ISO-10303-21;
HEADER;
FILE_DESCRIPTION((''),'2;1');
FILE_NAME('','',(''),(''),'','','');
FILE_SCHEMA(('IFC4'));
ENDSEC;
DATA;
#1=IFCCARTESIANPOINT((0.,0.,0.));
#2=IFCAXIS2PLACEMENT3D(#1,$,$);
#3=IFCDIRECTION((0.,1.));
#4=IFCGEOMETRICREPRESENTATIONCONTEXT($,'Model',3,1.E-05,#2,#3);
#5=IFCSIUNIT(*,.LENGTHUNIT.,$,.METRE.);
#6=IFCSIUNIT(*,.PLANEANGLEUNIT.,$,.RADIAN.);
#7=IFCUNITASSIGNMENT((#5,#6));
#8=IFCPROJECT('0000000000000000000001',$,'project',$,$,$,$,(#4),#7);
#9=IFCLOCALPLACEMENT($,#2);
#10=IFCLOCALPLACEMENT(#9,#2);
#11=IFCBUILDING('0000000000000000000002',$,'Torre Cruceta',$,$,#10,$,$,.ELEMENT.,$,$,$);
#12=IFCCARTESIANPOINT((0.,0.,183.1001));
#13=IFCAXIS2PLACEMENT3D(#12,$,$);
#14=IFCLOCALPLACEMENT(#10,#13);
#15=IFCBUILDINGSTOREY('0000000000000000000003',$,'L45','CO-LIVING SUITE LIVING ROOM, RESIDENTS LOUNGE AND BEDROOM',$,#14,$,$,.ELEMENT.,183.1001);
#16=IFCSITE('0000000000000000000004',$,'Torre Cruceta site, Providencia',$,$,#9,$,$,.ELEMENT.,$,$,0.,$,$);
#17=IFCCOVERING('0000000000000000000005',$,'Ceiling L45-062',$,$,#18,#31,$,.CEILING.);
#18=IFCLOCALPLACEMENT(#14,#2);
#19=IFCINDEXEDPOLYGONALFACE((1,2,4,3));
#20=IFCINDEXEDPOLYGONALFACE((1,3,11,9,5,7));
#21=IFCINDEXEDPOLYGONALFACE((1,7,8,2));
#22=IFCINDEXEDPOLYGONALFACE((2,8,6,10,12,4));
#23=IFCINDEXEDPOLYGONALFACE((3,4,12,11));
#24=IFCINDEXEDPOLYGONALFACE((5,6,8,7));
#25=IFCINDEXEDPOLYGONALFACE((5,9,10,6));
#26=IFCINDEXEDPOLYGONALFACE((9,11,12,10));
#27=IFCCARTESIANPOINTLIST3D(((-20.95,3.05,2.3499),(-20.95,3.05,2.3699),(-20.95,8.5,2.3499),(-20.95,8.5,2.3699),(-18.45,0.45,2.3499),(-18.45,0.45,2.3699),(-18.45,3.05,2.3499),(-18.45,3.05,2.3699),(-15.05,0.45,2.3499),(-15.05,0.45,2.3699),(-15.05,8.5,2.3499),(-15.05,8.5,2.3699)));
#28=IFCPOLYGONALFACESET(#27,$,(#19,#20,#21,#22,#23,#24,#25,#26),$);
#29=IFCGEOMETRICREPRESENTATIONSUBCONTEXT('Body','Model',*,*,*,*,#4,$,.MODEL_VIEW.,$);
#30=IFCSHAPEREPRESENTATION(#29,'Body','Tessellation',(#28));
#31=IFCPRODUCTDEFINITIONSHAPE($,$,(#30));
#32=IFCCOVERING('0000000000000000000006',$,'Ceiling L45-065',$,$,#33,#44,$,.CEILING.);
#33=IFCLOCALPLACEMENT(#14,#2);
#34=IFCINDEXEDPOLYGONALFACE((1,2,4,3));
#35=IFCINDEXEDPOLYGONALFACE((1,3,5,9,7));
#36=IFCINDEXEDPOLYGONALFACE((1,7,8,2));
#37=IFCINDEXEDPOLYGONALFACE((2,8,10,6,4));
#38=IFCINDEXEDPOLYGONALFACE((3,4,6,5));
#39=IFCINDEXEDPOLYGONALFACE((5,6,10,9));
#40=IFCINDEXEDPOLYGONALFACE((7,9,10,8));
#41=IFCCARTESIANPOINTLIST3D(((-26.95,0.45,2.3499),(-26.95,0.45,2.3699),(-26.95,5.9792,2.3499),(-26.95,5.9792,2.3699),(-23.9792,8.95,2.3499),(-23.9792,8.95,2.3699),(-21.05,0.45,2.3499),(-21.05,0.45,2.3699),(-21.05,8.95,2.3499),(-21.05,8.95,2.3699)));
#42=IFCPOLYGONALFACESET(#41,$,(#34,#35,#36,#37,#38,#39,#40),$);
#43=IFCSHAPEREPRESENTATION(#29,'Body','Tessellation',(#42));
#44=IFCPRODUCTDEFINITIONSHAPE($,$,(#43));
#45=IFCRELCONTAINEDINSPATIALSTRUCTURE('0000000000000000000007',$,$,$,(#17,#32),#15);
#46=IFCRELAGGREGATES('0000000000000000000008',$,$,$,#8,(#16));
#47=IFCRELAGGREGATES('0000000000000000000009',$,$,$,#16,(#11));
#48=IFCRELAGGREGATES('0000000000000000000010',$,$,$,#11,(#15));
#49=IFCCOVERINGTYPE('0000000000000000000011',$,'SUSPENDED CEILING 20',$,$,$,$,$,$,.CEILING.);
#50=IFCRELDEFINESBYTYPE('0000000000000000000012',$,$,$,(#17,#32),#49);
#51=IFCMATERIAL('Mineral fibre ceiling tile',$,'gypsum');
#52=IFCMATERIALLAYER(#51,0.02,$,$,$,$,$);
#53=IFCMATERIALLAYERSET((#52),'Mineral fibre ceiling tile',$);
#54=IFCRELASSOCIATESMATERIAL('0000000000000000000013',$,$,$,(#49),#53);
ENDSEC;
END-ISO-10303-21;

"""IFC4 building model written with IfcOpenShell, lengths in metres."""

from ifc_helpers import new_model, si_unit, direction, frame, origin, place, context, subcontext, project, spatial, polyline, outline, extrude, material, layer, layer_set, type_object, element, save


model = new_model("IFC4")

# Units and contexts
model_context = context("Model", 3, precision=1e-05, world=origin(), true_north=direction((0.0, 1.0)))
body_context = subcontext(model_context, "Body", "Model", "MODEL_VIEW")
ifc_project = project(units=[si_unit("LENGTHUNIT", "METRE"), si_unit("PLANEANGLEUNIT", "RADIAN")], contexts=[model_context])

# Site, building, storey
site_placement = place(None, origin())
site = spatial("IfcSite", under=ifc_project, at=site_placement, Name="Torre Cruceta site, Providencia", CompositionType="ELEMENT", RefElevation=0.0)
building_placement = place(site_placement, origin())
building = spatial("IfcBuilding", under=site, at=building_placement, Name="Torre Cruceta", CompositionType="ELEMENT")
storey_placement = place(building_placement, frame((0.0, 0.0, 183.1001)))
storey = spatial("IfcBuildingStorey", under=building, at=storey_placement, Name="L45", Description="CO-LIVING SUITE LIVING ROOM, RESIDENTS LOUNGE AND BEDROOM", CompositionType="ELEMENT", Elevation=183.1001)

# Coverings
ifc_material_1 = material(Name="Mineral fibre ceiling tile", Category="gypsum")
ifc_layer_1 = layer(ifc_material_1, 0.02)
ifc_layer_set_1 = layer_set([ifc_layer_1], Name="Mineral fibre ceiling tile")
covering_type = type_object("IfcCoveringType", Name="SUSPENDED CEILING 20", PredefinedType="CEILING", material=ifc_layer_set_1)
covering_1_placement = place(storey_placement, frame((0.0, 0.0, 2.3499)))
element("IfcCovering", 1, at=covering_1_placement, inside=storey, type_object=covering_type, Name="Ceiling L45-062", PredefinedType="CEILING", context=body_context, shape_type="SweptSolid", body=[
    extrude(outline(polyline([(-20.95, 8.5), (-15.05, 8.5), (-15.05, 0.45), (-18.45, 0.45), (-18.45, 3.05), (-20.95, 3.05), (-20.95, 8.5)])), origin(), (0.0, 0.0, 1.0), 0.02),
])
covering_2_placement = place(storey_placement, frame((0.0, 0.0, 2.3499)))
element("IfcCovering", 2, at=covering_2_placement, inside=storey, type_object=covering_type, Name="Ceiling L45-065", PredefinedType="CEILING", context=body_context, shape_type="SweptSolid", body=[
    extrude(outline(polyline([(-23.9792, 8.95), (-21.05, 8.95), (-21.05, 0.45), (-26.95, 0.45), (-26.95, 5.9792), (-23.9792, 8.95)])), origin(), (0.0, 0.0, 1.0), 0.02),
])

save(model, "model.ifc")
